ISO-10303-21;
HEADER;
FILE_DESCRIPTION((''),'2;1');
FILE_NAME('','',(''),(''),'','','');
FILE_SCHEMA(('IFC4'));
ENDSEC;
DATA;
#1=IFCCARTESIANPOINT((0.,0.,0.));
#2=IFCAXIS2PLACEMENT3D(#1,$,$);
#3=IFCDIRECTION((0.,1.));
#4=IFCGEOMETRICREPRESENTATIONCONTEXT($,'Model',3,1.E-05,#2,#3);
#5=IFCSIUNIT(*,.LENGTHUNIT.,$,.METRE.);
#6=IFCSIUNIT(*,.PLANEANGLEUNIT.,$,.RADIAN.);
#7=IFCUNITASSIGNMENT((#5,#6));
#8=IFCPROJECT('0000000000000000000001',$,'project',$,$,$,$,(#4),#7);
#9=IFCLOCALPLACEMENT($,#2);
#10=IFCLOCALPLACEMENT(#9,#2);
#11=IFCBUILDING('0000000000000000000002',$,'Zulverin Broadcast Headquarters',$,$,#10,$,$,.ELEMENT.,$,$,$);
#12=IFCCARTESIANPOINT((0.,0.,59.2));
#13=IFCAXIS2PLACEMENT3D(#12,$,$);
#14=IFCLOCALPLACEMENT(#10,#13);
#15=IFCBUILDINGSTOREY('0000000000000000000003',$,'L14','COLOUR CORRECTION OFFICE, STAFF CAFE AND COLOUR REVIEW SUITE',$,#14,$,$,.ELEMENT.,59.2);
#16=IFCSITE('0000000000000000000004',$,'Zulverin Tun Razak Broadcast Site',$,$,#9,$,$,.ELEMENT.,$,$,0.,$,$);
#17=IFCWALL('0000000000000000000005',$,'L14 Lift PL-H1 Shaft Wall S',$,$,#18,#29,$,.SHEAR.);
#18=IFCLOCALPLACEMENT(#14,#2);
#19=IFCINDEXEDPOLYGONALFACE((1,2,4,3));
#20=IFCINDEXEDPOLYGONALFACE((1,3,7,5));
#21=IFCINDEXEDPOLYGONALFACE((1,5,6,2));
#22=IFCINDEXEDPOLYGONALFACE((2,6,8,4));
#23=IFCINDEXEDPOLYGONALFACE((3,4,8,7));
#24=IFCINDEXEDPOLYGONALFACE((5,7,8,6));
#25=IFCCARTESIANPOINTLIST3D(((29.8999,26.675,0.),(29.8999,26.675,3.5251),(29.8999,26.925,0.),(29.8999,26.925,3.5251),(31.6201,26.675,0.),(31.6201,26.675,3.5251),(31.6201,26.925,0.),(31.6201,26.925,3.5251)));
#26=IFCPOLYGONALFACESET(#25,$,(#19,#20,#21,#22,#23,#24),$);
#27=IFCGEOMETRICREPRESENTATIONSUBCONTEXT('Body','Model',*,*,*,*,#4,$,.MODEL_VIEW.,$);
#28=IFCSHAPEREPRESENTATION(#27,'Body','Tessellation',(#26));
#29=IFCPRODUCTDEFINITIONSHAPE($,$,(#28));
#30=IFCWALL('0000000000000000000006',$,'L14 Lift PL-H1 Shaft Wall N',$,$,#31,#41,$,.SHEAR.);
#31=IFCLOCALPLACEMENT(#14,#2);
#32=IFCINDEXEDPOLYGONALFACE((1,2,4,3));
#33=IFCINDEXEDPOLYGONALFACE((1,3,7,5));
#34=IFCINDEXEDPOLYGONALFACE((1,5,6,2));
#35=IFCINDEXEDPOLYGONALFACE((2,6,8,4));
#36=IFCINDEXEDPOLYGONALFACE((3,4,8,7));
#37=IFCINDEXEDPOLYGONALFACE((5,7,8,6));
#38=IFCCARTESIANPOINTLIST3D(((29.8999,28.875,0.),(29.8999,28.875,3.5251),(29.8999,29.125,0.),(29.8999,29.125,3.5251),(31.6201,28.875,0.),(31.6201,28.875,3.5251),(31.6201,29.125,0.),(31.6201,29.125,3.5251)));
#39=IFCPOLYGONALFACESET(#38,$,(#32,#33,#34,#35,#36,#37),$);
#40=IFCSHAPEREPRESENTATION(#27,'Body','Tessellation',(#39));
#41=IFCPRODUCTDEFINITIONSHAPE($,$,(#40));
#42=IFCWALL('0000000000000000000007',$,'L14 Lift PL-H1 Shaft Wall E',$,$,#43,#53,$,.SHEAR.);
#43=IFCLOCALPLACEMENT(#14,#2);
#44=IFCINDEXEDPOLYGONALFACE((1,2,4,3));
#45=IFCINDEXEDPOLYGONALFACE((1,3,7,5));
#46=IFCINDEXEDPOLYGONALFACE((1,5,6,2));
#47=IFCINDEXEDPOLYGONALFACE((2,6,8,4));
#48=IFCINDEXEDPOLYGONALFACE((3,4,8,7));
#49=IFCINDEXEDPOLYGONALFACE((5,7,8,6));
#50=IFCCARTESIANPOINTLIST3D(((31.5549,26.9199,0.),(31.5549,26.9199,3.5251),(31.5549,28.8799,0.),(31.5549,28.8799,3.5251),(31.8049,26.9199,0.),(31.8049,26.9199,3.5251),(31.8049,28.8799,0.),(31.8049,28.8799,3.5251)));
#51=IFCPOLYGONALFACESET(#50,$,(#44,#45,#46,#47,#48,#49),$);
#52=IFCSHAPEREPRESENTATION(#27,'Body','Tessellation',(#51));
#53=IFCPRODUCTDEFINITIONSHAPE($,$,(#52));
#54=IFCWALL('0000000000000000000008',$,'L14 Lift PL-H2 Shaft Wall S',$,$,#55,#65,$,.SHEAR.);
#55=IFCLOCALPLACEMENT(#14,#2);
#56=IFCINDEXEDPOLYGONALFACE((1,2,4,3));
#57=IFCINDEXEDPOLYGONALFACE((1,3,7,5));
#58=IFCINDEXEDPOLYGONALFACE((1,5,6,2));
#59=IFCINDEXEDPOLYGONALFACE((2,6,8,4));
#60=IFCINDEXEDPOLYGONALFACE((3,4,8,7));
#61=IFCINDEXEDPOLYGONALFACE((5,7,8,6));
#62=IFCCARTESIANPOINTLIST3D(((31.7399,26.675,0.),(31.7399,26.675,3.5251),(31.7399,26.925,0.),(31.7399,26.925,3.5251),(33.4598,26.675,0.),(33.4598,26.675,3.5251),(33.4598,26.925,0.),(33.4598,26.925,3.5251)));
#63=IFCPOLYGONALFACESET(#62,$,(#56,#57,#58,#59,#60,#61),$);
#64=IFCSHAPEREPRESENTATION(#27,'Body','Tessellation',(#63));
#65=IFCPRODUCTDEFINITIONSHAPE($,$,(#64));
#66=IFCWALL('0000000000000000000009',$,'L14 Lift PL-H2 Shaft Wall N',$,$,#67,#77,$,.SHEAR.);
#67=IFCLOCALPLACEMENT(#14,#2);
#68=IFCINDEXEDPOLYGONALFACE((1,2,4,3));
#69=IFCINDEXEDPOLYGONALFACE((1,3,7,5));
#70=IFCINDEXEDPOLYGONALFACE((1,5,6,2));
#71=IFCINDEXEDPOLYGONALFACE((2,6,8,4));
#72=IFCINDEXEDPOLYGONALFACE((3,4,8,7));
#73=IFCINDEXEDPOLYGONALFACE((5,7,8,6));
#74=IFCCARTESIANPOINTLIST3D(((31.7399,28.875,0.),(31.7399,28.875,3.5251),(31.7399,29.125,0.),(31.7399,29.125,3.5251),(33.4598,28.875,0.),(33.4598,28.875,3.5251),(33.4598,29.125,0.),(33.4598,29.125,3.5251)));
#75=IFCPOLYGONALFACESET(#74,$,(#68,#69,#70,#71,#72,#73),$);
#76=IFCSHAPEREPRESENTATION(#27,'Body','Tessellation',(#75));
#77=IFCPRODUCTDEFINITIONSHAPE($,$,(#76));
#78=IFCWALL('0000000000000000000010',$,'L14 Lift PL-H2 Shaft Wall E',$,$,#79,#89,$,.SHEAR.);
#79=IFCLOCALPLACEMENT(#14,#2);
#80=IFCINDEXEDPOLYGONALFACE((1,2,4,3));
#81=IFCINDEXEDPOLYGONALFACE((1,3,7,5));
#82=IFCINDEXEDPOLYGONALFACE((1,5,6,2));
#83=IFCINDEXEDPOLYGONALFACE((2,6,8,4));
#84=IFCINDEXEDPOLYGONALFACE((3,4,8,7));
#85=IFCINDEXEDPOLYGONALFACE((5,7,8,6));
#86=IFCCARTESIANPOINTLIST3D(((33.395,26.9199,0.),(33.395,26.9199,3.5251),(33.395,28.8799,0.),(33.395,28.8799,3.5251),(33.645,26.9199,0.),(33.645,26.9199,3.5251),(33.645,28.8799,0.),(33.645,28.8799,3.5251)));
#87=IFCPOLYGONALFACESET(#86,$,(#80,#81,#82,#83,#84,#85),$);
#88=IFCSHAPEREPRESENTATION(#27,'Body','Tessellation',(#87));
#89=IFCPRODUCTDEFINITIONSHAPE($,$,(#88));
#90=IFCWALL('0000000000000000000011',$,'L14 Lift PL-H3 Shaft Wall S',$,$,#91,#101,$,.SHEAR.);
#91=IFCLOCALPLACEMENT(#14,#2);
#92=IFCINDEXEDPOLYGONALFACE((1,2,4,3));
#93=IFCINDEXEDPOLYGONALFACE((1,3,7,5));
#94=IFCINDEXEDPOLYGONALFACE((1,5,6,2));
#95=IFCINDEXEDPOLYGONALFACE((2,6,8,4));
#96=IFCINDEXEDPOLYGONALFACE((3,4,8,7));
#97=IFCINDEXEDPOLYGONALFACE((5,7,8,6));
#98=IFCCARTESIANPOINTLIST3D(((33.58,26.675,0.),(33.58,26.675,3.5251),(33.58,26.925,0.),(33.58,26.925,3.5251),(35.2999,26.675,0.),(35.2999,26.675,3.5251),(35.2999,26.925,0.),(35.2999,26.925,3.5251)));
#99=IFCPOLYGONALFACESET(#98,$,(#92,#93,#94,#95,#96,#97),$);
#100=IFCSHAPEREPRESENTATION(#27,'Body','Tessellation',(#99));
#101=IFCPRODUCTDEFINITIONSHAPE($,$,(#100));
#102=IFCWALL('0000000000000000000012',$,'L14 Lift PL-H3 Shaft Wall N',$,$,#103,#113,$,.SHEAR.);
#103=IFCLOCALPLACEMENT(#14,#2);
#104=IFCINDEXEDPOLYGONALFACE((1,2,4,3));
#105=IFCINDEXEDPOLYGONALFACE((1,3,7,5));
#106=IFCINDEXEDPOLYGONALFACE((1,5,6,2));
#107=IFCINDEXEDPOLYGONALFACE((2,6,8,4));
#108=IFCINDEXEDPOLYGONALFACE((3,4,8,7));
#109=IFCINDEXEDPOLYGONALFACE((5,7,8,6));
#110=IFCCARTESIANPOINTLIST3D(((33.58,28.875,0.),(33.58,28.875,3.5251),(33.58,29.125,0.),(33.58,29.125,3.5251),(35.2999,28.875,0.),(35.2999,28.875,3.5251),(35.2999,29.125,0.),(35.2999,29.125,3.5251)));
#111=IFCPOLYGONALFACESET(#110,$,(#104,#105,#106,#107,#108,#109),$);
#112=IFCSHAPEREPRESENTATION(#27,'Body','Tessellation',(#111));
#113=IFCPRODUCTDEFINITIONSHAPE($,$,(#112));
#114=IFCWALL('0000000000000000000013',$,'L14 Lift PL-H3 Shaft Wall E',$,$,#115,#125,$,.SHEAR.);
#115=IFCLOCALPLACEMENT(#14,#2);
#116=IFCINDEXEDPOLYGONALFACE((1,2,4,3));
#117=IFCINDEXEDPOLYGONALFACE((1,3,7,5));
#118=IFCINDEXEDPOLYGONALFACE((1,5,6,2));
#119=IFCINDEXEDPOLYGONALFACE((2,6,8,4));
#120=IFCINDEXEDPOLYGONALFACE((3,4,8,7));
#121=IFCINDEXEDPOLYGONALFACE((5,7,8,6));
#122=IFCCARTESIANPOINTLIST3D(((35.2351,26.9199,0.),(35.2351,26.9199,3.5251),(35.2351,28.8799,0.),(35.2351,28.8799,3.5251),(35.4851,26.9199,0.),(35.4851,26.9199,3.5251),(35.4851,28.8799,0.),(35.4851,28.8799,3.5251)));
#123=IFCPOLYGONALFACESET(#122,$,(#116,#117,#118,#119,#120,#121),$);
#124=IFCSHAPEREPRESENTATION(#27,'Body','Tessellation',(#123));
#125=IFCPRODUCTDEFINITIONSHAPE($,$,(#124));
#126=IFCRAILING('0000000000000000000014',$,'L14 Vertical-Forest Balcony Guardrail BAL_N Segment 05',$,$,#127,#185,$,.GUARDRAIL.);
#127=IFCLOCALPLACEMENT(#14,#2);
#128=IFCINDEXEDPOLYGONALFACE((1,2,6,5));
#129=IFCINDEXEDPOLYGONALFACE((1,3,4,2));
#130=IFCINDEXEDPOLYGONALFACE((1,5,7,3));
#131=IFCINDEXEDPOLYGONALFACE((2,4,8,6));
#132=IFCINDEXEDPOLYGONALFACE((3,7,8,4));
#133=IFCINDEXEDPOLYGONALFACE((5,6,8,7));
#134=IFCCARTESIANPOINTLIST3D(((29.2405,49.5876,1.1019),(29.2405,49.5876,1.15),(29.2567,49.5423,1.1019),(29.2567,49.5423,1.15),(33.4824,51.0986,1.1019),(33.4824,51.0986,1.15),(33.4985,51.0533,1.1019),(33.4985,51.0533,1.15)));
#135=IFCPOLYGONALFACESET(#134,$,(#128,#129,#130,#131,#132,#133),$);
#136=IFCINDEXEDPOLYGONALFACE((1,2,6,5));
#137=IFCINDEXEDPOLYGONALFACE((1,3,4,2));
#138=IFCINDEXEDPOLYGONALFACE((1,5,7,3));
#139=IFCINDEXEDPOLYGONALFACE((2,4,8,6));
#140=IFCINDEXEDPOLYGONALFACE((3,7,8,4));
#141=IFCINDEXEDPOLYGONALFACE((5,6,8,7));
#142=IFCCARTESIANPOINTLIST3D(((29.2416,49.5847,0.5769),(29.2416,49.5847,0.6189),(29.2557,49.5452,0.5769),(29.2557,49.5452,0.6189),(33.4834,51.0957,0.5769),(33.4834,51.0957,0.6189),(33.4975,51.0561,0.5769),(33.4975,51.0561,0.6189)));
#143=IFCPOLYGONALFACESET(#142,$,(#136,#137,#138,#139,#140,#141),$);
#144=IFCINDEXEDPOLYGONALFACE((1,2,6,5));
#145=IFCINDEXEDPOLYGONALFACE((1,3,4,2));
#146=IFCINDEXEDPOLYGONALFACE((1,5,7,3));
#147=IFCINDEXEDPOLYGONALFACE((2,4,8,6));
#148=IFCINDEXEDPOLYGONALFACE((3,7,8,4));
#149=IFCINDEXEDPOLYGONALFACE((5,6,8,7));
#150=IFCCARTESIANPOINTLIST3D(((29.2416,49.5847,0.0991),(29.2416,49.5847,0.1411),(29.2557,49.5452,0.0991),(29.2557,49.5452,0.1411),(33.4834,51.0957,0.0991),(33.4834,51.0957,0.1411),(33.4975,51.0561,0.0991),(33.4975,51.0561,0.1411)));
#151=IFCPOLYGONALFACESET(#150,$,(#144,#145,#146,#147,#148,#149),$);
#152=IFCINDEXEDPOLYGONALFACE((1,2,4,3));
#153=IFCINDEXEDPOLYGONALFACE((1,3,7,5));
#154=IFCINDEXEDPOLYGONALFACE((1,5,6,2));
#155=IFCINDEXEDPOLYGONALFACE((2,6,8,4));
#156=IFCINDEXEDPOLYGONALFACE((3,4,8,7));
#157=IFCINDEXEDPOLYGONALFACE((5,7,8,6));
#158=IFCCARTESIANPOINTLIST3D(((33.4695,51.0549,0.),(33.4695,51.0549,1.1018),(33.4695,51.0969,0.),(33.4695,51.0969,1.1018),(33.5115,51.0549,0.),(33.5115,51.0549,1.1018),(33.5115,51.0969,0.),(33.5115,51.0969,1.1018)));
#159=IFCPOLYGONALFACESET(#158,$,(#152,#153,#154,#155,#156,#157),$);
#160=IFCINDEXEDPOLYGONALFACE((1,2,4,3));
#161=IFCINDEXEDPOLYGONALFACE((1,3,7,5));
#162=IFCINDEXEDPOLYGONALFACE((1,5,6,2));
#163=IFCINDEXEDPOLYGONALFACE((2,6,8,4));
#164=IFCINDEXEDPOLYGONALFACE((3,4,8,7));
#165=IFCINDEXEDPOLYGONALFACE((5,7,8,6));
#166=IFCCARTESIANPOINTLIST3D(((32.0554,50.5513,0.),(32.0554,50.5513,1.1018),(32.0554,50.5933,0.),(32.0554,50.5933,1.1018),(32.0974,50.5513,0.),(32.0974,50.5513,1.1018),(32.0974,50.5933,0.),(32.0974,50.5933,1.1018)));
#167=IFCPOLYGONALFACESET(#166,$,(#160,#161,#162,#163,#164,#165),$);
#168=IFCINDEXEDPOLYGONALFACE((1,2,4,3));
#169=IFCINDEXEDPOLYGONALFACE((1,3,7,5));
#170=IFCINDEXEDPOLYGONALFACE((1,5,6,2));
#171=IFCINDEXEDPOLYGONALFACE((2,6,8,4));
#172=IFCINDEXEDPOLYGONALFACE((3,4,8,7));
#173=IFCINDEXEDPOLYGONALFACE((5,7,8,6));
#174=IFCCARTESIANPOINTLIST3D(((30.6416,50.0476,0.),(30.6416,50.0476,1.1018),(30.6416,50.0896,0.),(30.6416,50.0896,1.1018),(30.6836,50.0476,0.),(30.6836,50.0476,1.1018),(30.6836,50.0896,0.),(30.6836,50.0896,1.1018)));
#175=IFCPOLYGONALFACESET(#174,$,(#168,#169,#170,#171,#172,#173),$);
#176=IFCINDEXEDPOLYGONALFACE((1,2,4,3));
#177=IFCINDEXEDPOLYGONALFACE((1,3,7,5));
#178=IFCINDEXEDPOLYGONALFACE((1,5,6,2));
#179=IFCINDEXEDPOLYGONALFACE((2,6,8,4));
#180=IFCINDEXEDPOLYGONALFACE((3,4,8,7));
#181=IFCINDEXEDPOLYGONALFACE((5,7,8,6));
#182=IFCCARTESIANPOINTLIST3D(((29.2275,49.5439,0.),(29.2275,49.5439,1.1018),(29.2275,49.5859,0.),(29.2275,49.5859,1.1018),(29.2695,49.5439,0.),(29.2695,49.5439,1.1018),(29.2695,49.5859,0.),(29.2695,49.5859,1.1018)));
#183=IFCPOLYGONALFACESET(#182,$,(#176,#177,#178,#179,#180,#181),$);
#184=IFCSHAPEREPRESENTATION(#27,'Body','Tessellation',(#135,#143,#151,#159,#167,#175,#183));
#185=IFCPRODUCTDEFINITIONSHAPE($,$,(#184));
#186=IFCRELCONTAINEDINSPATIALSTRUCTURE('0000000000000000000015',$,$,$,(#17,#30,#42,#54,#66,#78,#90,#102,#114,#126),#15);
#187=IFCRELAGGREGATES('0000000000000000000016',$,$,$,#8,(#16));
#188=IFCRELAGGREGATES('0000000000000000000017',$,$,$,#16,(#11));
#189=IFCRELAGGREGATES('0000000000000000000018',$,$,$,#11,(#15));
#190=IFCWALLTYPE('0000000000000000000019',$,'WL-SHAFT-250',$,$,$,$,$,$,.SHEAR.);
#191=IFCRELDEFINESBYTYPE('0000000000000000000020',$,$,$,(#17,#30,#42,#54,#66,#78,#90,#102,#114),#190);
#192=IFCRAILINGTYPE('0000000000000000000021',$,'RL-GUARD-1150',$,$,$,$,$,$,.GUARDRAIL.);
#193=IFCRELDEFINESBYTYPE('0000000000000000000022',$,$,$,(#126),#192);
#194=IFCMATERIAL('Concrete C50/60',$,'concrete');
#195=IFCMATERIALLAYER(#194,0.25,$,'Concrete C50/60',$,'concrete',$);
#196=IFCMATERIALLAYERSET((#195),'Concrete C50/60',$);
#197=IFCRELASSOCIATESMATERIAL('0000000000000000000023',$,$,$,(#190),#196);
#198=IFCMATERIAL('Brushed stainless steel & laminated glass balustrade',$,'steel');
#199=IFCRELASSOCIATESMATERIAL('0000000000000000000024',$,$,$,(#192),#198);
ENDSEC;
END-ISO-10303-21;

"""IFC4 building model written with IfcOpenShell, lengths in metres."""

from ifc_helpers import new_model, si_unit, direction, frame, frame_2d, origin, origin_2d, place, context, subcontext, project, spatial, rectangle, extrude, material, layer, layer_set, type_object, element, save


model = new_model("IFC4")

# Units and contexts
model_context = context("Model", 3, precision=1e-05, world=origin(), true_north=direction((0.0, 1.0)))
body_context = subcontext(model_context, "Body", "Model", "MODEL_VIEW")
ifc_project = project(units=[si_unit("LENGTHUNIT", "METRE"), si_unit("PLANEANGLEUNIT", "RADIAN")], contexts=[model_context])

# Site, building, storey
site_placement = place(None, origin())
site = spatial("IfcSite", under=ifc_project, at=site_placement, Name="Zulverin Tun Razak Broadcast Site", CompositionType="ELEMENT", RefElevation=0.0)
building_placement = place(site_placement, origin())
building = spatial("IfcBuilding", under=site, at=building_placement, Name="Zulverin Broadcast Headquarters", CompositionType="ELEMENT")
storey_placement = place(building_placement, frame((0.0, 0.0, 59.2)))
storey = spatial("IfcBuildingStorey", under=building, at=storey_placement, Name="L14", Description="COLOUR CORRECTION OFFICE, STAFF CAFE AND COLOUR REVIEW SUITE", CompositionType="ELEMENT", Elevation=59.2)

# Shared definitions
ifc_material_1 = material(Name="Concrete C50/60", Category="concrete")
ifc_layer_1 = layer(ifc_material_1, 0.25, Name="Concrete C50/60", Category="concrete")
ifc_layer_set_1 = layer_set([ifc_layer_1], Name="Concrete C50/60")
wall_type_1 = type_object("IfcWallType", Name="WL-SHAFT-250", PredefinedType="SHEAR", material=ifc_layer_set_1)

# Walls
for number, where, z_axis, x_axis, name in (
    (1, (29.8999, 26.8, 0.0), (0.0, 0.0, 1.0), (1.0, 0.0, 0.0), "L14 Lift PL-H1 Shaft Wall S"),
    (2, (29.8999, 29.0, 0.0), (0.0, 0.0, 1.0), (1.0, 0.0, 0.0), "L14 Lift PL-H1 Shaft Wall N"),
):
    element("IfcWall", number, at=place(storey_placement, frame(where, z_axis=z_axis, x_axis=x_axis)), inside=storey, type_object=wall_type_1, Name=name, PredefinedType="SHEAR", context=body_context, shape_type="SweptSolid", body=[
        extrude(rectangle(XDim=1.7202, YDim=0.25, at=frame_2d((0.8601, 0.0))), origin(), (0.0, 0.0, 1.0), 3.5251),
    ])
wall_1_placement = place(storey_placement, frame((31.6799, 26.9199, 0.0), z_axis=(0.0, 0.0, 1.0), x_axis=(0.0, 1.0, 0.0)))
element("IfcWall", 3, at=wall_1_placement, inside=storey, type_object=wall_type_1, Name="L14 Lift PL-H1 Shaft Wall E", PredefinedType="SHEAR", context=body_context, shape_type="SweptSolid", body=[
    extrude(rectangle(XDim=1.96, YDim=0.25, at=frame_2d((0.98, 0.0))), origin(), (0.0, 0.0, 1.0), 3.5251),
])
for number, where, z_axis, x_axis, name in (
    (4, (31.74, 26.8, 0.0), (0.0, 0.0, 1.0), (1.0, 0.0, 0.0), "L14 Lift PL-H2 Shaft Wall S"),
    (5, (31.74, 29.0, 0.0), (0.0, 0.0, 1.0), (1.0, 0.0, 0.0), "L14 Lift PL-H2 Shaft Wall N"),
):
    element("IfcWall", number, at=place(storey_placement, frame(where, z_axis=z_axis, x_axis=x_axis)), inside=storey, type_object=wall_type_1, Name=name, PredefinedType="SHEAR", context=body_context, shape_type="SweptSolid", body=[
        extrude(rectangle(XDim=1.72, YDim=0.25, at=frame_2d((0.8599, 0.0))), origin(), (0.0, 0.0, 1.0), 3.5251),
    ])
wall_2_placement = place(storey_placement, frame((33.52, 26.9199, 0.0), z_axis=(0.0, 0.0, 1.0), x_axis=(0.0, 1.0, 0.0)))
element("IfcWall", 6, at=wall_2_placement, inside=storey, type_object=wall_type_1, Name="L14 Lift PL-H2 Shaft Wall E", PredefinedType="SHEAR", context=body_context, shape_type="SweptSolid", body=[
    extrude(rectangle(XDim=1.96, YDim=0.25, at=frame_2d((0.98, 0.0))), origin(), (0.0, 0.0, 1.0), 3.5251),
])
for number, where, z_axis, x_axis, name in (
    (7, (33.5801, 26.8, 0.0), (0.0, 0.0, 1.0), (1.0, 0.0, 0.0), "L14 Lift PL-H3 Shaft Wall S"),
    (8, (33.5801, 29.0, 0.0), (0.0, 0.0, 1.0), (1.0, 0.0, 0.0), "L14 Lift PL-H3 Shaft Wall N"),
):
    element("IfcWall", number, at=place(storey_placement, frame(where, z_axis=z_axis, x_axis=x_axis)), inside=storey, type_object=wall_type_1, Name=name, PredefinedType="SHEAR", context=body_context, shape_type="SweptSolid", body=[
        extrude(rectangle(XDim=1.72, YDim=0.25, at=frame_2d((0.8599, 0.0))), origin(), (0.0, 0.0, 1.0), 3.5251),
    ])
wall_3_placement = place(storey_placement, frame((35.3601, 26.9199, 0.0), z_axis=(0.0, 0.0, 1.0), x_axis=(0.0, 1.0, 0.0)))
element("IfcWall", 9, at=wall_3_placement, inside=storey, type_object=wall_type_1, Name="L14 Lift PL-H3 Shaft Wall E", PredefinedType="SHEAR", context=body_context, shape_type="SweptSolid", body=[
    extrude(rectangle(XDim=1.96, YDim=0.25, at=frame_2d((0.98, 0.0))), origin(), (0.0, 0.0, 1.0), 3.5251),
])

# Railing
ifc_material_2 = material(Name="Brushed stainless steel & laminated glass balustrade", Category="steel")
railing_type = type_object("IfcRailingType", Name="RL-GUARD-1150", PredefinedType="GUARDRAIL", material=ifc_material_2)
railing_1_placement = place(storey_placement, frame((33.4905, 51.0759, 0.0)))
element("IfcRailing", 10, at=railing_1_placement, inside=storey, type_object=railing_type, Name="L14 Vertical-Forest Balcony Guardrail BAL_N Segment 05", PredefinedType="GUARDRAIL", context=body_context, shape_type="SweptSolid", body=[
    extrude(rectangle(XDim=0.0481, YDim=0.0481, at=origin_2d()), frame((0.0, 0.0, 1.126), z_axis=(-0.942022, -0.33555, 0.0), x_axis=(0.33555, -0.942022, 0.0)), (0.0, 0.0, 1.0), 4.5029),
    extrude(rectangle(XDim=0.042, YDim=0.042, at=origin_2d()), frame((0.0, 0.0, 0.5979), z_axis=(-0.942022, -0.33555, 0.0), x_axis=(0.33555, -0.942022, 0.0)), (0.0, 0.0, 1.0), 4.5029),
    extrude(rectangle(XDim=0.042, YDim=0.042, at=origin_2d()), frame((0.0, 0.0, 0.1201), z_axis=(-0.942022, -0.33555, 0.0), x_axis=(0.33555, -0.942022, 0.0)), (0.0, 0.0, 1.0), 4.5029),
    extrude(rectangle(XDim=0.042, YDim=0.042, at=origin_2d()), origin(), (0.0, 0.0, 1.0), 1.1018),
    extrude(rectangle(XDim=0.042, YDim=0.042, at=origin_2d()), frame((-1.4141, -0.5037, 0.0)), (0.0, 0.0, 1.0), 1.1018),
    extrude(rectangle(XDim=0.042, YDim=0.042, at=origin_2d()), frame((-2.8279, -1.0073, 0.0)), (0.0, 0.0, 1.0), 1.1018),
    extrude(rectangle(XDim=0.042, YDim=0.042, at=origin_2d()), frame((-4.2419, -1.511, 0.0)), (0.0, 0.0, 1.0), 1.1018),
])

save(model, "model.ifc")
